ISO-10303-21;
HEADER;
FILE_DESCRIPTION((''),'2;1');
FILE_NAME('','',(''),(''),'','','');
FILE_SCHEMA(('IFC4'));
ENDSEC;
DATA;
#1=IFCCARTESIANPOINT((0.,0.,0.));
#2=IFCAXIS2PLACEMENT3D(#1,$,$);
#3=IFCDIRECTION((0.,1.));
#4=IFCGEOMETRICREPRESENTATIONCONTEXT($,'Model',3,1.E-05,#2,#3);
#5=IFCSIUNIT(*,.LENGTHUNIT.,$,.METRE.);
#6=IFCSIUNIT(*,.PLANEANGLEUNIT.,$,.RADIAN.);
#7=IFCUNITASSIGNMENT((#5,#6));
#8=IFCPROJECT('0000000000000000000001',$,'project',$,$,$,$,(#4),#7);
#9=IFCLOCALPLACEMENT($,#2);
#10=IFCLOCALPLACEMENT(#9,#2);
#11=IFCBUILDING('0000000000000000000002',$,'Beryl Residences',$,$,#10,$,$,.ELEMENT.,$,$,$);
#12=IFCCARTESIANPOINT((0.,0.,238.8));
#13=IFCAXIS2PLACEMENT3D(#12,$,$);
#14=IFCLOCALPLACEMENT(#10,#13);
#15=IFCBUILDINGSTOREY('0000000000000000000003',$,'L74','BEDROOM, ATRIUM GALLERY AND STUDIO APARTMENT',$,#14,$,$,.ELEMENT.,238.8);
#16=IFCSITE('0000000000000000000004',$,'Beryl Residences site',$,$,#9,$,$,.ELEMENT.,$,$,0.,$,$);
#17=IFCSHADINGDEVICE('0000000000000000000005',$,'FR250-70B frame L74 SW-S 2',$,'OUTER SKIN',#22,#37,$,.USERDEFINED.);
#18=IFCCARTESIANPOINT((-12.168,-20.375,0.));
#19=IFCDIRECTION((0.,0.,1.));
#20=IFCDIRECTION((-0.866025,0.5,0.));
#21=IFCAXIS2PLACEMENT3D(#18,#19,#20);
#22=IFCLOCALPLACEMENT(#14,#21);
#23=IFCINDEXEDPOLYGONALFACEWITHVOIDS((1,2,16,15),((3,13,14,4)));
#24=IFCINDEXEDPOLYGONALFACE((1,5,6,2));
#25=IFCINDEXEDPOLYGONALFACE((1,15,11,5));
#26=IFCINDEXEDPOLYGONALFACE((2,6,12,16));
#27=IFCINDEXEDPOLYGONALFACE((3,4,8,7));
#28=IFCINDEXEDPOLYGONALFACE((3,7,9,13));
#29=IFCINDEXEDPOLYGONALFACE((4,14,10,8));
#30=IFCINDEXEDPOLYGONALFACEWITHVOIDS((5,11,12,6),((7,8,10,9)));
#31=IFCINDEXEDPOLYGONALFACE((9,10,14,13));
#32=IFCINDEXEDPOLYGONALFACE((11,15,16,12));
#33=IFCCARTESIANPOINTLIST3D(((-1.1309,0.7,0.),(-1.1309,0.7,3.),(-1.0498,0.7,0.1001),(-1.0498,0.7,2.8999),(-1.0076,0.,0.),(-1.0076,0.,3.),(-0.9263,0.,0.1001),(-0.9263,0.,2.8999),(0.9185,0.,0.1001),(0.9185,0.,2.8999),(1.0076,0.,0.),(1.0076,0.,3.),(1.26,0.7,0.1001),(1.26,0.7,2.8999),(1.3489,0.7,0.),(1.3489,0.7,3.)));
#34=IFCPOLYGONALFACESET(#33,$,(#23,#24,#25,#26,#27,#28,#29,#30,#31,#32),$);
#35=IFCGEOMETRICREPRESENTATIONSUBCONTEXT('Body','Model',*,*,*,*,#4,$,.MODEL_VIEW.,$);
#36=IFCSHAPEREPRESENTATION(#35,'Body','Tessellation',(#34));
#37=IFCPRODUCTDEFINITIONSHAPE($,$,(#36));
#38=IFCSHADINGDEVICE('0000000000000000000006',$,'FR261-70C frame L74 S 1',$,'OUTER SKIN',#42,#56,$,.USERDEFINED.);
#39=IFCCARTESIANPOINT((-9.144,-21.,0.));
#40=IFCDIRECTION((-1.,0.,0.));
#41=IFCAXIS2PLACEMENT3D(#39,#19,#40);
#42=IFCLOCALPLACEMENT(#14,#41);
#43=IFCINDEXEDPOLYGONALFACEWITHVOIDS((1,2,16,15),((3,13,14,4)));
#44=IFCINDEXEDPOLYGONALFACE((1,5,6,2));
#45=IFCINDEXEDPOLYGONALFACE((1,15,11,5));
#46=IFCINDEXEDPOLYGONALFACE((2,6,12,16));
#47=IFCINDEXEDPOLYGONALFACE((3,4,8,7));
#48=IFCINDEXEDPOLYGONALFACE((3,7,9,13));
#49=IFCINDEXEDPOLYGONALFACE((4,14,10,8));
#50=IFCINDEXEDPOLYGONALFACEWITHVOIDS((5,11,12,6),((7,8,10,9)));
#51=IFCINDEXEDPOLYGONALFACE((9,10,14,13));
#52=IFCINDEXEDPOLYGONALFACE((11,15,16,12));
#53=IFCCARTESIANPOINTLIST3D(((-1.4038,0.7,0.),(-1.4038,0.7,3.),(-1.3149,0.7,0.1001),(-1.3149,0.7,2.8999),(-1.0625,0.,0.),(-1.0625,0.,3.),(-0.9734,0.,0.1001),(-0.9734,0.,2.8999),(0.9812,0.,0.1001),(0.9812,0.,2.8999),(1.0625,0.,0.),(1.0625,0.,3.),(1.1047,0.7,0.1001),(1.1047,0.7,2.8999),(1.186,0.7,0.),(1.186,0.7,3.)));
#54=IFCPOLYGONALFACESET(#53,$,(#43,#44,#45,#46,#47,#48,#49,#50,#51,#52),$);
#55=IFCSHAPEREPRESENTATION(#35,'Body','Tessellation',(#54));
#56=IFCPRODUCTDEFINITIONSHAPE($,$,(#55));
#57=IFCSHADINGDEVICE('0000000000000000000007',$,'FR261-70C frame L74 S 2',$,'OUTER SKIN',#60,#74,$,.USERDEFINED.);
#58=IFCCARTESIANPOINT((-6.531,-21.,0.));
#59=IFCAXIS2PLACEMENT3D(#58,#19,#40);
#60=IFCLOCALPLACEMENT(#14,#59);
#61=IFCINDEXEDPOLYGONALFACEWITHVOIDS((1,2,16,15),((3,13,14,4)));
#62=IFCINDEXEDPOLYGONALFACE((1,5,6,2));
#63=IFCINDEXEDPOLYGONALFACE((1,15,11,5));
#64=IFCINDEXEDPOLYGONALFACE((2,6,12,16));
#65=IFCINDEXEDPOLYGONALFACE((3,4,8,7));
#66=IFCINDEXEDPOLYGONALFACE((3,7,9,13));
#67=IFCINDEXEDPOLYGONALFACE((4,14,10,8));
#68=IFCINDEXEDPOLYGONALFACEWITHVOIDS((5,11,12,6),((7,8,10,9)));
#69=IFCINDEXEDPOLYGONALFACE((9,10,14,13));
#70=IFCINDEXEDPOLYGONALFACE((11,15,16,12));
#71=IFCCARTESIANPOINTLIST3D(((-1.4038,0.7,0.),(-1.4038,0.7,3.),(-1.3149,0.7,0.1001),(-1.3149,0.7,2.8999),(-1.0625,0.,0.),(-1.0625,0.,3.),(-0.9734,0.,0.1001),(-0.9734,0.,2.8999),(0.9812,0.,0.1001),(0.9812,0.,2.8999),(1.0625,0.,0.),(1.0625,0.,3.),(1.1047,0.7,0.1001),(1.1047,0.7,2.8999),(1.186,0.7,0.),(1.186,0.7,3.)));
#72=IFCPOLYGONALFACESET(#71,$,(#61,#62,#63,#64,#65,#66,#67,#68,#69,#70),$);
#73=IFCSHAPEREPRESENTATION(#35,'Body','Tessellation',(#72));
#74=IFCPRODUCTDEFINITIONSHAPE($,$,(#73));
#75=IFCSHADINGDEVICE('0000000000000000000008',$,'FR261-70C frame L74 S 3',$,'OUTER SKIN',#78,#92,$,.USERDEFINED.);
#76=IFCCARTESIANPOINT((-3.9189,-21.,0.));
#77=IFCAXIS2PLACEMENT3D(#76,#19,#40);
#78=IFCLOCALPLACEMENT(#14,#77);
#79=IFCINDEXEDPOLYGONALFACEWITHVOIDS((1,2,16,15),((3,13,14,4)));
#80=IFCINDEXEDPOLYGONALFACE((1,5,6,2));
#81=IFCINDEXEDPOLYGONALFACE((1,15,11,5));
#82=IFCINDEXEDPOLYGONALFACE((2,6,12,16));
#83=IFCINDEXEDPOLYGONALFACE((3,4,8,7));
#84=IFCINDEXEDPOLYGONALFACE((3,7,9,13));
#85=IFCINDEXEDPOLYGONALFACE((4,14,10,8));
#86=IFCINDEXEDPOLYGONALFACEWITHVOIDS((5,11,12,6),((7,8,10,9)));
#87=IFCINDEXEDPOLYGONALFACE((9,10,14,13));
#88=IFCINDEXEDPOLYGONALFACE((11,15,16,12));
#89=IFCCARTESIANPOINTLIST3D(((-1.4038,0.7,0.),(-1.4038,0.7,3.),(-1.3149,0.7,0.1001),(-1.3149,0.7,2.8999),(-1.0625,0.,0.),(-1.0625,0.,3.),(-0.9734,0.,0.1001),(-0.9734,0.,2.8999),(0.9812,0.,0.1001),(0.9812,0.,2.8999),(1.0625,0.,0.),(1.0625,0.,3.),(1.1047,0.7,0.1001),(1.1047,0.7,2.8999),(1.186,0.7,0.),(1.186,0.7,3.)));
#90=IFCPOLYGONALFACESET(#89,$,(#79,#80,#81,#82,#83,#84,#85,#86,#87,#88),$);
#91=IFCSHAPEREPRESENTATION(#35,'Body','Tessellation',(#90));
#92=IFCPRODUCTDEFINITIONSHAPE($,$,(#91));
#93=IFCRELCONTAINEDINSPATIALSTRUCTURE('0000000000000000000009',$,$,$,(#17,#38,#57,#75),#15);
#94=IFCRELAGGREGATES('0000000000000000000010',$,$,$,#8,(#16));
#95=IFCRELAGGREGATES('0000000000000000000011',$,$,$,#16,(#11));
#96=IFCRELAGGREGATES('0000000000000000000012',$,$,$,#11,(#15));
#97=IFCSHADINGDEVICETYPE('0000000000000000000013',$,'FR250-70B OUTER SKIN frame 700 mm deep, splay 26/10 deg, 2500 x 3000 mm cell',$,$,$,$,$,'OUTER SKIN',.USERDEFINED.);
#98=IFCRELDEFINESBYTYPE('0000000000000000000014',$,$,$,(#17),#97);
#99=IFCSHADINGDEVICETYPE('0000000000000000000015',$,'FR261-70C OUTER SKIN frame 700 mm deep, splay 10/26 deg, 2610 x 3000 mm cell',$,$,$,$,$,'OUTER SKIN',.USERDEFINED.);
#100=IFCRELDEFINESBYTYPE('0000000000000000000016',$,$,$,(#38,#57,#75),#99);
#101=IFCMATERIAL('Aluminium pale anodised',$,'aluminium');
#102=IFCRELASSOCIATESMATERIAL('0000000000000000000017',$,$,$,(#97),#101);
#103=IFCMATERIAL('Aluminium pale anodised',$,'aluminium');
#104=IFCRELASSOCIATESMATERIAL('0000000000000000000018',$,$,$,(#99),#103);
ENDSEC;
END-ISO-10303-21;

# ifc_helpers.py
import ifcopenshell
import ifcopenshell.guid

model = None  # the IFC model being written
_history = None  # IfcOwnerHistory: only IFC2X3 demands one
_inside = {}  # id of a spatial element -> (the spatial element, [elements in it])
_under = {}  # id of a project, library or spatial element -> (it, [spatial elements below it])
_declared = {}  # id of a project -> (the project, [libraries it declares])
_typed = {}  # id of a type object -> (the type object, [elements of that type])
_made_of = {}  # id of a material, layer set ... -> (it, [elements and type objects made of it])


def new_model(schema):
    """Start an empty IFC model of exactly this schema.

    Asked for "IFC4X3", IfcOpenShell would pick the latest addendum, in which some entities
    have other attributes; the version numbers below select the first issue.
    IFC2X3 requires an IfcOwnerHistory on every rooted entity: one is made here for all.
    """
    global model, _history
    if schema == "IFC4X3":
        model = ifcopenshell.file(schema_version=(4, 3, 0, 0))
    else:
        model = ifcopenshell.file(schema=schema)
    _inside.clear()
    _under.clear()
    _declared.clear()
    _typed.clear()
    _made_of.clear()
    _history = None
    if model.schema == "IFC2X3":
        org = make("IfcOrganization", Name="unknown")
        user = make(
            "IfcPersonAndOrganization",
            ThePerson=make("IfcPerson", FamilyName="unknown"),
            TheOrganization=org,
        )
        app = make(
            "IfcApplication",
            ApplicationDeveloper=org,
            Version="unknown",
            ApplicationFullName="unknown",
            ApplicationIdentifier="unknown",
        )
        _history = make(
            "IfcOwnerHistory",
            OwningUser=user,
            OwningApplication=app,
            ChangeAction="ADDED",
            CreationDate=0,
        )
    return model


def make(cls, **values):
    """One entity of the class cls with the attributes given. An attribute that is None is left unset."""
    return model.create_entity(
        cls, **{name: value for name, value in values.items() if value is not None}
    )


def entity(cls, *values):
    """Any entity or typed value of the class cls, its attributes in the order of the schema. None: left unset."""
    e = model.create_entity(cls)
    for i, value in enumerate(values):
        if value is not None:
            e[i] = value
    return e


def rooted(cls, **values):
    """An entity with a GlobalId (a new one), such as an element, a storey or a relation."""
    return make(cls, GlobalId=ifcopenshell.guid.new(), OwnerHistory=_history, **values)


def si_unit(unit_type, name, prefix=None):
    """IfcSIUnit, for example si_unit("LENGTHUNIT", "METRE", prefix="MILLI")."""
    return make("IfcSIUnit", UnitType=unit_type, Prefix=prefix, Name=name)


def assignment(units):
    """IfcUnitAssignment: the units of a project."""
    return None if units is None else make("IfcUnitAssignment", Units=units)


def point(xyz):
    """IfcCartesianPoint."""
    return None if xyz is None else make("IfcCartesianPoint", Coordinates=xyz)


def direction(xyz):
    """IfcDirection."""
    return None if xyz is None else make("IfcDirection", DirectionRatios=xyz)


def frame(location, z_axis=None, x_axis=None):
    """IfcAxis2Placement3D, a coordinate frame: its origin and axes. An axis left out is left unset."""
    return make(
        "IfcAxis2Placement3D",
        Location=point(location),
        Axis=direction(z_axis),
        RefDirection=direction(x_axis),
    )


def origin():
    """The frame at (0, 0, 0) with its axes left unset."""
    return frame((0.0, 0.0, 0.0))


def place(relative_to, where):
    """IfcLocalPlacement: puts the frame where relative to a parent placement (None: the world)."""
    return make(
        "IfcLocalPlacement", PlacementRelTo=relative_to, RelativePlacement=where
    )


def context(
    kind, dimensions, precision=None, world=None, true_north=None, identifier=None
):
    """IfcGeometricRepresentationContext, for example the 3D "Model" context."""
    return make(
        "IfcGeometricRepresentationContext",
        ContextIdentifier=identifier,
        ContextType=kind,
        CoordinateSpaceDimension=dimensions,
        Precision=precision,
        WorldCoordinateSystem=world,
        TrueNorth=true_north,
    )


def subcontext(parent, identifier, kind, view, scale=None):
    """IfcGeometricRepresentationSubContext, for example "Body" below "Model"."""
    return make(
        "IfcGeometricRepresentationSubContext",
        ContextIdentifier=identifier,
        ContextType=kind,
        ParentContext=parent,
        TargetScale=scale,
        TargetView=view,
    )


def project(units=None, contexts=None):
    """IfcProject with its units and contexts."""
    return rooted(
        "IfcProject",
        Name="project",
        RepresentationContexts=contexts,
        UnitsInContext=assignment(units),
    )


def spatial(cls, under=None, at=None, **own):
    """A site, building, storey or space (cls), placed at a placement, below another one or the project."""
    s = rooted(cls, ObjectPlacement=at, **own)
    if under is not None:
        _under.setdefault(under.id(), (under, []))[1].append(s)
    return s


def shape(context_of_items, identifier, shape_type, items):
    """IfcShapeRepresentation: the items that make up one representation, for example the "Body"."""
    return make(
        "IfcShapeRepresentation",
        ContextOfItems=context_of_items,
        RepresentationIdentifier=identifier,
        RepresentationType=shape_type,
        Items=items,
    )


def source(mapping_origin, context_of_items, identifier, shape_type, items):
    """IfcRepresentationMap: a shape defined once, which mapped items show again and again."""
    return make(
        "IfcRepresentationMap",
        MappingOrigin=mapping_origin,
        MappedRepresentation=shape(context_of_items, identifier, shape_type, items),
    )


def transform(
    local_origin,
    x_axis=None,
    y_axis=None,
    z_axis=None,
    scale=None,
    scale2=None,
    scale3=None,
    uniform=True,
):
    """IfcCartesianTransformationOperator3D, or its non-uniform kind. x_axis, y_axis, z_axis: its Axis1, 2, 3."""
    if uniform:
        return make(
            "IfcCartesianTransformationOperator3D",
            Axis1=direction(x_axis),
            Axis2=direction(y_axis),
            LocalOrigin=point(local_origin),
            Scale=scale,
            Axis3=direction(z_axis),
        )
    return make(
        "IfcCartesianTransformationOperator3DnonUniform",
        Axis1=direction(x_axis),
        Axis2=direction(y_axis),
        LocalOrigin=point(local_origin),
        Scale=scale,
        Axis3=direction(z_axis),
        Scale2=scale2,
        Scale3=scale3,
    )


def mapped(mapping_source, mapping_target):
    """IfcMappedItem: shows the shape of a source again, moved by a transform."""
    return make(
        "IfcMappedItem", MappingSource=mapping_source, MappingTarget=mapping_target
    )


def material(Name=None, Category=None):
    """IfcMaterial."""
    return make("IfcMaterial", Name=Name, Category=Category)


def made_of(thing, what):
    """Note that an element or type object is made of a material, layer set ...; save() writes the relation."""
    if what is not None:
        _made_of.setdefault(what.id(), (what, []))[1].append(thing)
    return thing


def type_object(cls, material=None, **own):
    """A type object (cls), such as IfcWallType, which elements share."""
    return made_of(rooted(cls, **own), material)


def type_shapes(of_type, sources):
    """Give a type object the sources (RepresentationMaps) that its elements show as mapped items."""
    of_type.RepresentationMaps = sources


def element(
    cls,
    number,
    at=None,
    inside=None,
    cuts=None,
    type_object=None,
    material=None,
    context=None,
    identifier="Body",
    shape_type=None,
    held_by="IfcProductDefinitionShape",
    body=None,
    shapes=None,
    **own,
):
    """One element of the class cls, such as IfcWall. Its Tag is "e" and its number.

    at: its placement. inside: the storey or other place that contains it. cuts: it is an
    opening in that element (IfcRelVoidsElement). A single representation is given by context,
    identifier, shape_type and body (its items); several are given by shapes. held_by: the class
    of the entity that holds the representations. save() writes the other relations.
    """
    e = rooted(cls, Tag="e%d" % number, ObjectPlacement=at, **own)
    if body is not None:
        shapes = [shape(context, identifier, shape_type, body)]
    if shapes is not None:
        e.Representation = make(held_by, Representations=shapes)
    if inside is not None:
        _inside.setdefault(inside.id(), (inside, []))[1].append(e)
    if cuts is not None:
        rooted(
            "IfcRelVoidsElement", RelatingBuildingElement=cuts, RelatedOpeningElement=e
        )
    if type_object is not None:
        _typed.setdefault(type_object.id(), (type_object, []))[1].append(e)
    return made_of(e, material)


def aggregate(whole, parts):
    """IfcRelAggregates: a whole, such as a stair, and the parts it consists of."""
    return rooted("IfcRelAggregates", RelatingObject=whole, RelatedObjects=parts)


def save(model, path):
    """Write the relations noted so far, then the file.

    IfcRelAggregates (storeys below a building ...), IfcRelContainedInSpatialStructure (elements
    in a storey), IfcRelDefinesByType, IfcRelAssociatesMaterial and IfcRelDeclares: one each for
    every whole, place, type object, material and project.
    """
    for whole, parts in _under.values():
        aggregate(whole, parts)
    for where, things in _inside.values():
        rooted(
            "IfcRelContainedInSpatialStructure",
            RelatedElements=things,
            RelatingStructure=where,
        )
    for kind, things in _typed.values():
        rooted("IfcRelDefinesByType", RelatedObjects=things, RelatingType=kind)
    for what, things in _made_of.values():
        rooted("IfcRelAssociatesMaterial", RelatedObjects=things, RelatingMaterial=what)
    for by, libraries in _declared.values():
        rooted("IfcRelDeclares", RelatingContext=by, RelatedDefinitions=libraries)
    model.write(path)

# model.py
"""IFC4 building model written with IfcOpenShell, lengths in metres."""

from ifc_helpers import new_model, entity, si_unit, direction, frame, origin, place, context, subcontext, project, spatial, source, transform, mapped, material, type_object, type_shapes, element, save


model = new_model("IFC4")

# Units and contexts
model_context = context("Model", 3, precision=1e-05, world=origin(), true_north=direction((0.0, 1.0)))
body_context = subcontext(model_context, "Body", "Model", "MODEL_VIEW")
ifc_project = project(units=[si_unit("LENGTHUNIT", "METRE"), si_unit("PLANEANGLEUNIT", "RADIAN")], contexts=[model_context])

# Site, building, storey
site_placement = place(None, origin())
site = spatial("IfcSite", under=ifc_project, at=site_placement, Name="Beryl Residences site", CompositionType="ELEMENT", RefElevation=0.0)
building_placement = place(site_placement, origin())
building = spatial("IfcBuilding", under=site, at=building_placement, Name="Beryl Residences", CompositionType="ELEMENT")
storey_placement = place(building_placement, frame((0.0, 0.0, 238.8)))
storey = spatial("IfcBuildingStorey", under=building, at=storey_placement, Name="L74", Description="BEDROOM, ATRIUM GALLERY AND STUDIO APARTMENT", CompositionType="ELEMENT", Elevation=238.8)

# Shading devices
ifc_material_1 = material(Name="Aluminium pale anodised", Category="aluminium")
shading_device_type_1 = type_object("IfcShadingDeviceType", Name="FR250-70B OUTER SKIN frame 700 mm deep, splay 26/10 deg, 2500 x 3000 mm cell", ElementType="OUTER SKIN", PredefinedType="USERDEFINED", material=ifc_material_1)
cartesian_point_1 = entity("IfcCartesianPoint", [-1.0076, 0.0])
cartesian_point_2 = entity("IfcCartesianPoint", [-0.9185, 0.1001])
cartesian_point_3 = entity("IfcCartesianPoint", [-1.3489, 0.0])
cartesian_point_4 = entity("IfcCartesianPoint", [-1.26, 0.1001])
shared_shape_1 = source(origin(), body_context, "Body", "SweptSolid", [
    entity("IfcExtrudedAreaSolidTapered", entity("IfcArbitraryProfileDefWithVoids", "AREA", None, entity("IfcPolyline", [cartesian_point_1, entity("IfcCartesianPoint", [1.0076, 0.0]), entity("IfcCartesianPoint", [1.0076, 3.0]), entity("IfcCartesianPoint", [-1.0076, 3.0]), cartesian_point_1]), [entity("IfcPolyline", [cartesian_point_2, entity("IfcCartesianPoint", [0.9263, 0.1001]), entity("IfcCartesianPoint", [0.9263, 2.8999]), entity("IfcCartesianPoint", [-0.9185, 2.8999]), cartesian_point_2])]), entity("IfcAxis2Placement3D", entity("IfcCartesianPoint", [0.0, 0.0, 0.0]), entity("IfcDirection", [0.0, 1.0, 0.0]), entity("IfcDirection", [-1.0, 0.0, 0.0])), entity("IfcDirection", [0.0, 0.0, 1.0]), 0.7, entity("IfcArbitraryProfileDefWithVoids", "AREA", None, entity("IfcPolyline", [cartesian_point_3, entity("IfcCartesianPoint", [1.1309, 0.0]), entity("IfcCartesianPoint", [1.1309, 3.0]), entity("IfcCartesianPoint", [-1.3489, 3.0]), cartesian_point_3]), [entity("IfcPolyline", [cartesian_point_4, entity("IfcCartesianPoint", [1.0498, 0.1001]), entity("IfcCartesianPoint", [1.0498, 2.8999]), entity("IfcCartesianPoint", [-1.26, 2.8999]), cartesian_point_4])])),
])
type_shapes(shading_device_type_1, [shared_shape_1])
shading_device_placement = place(storey_placement, frame((-12.168, -20.375, 0.0), z_axis=(0.0, 0.0, 1.0), x_axis=(-0.866025, 0.5, 0.0)))
element("IfcShadingDevice", 1, at=shading_device_placement, inside=storey, type_object=shading_device_type_1, Name="FR250-70B frame L74 SW-S 2", ObjectType="OUTER SKIN", PredefinedType="USERDEFINED", context=body_context, shape_type="MappedRepresentation", body=[
    mapped(shared_shape_1, transform((0.0, 0.0, 0.0))),
])
ifc_material_2 = material(Name="Aluminium pale anodised", Category="aluminium")
shading_device_type_2 = type_object("IfcShadingDeviceType", Name="FR261-70C OUTER SKIN frame 700 mm deep, splay 10/26 deg, 2610 x 3000 mm cell", ElementType="OUTER SKIN", PredefinedType="USERDEFINED", material=ifc_material_2)
cartesian_point_5 = entity("IfcCartesianPoint", [-1.0625, 0.0])
cartesian_point_6 = entity("IfcCartesianPoint", [-0.9812, 0.1001])
cartesian_point_7 = entity("IfcCartesianPoint", [-1.186, 0.0])
cartesian_point_8 = entity("IfcCartesianPoint", [-1.1047, 0.1001])
shared_shape_2 = source(origin(), body_context, "Body", "SweptSolid", [
    entity("IfcExtrudedAreaSolidTapered", entity("IfcArbitraryProfileDefWithVoids", "AREA", None, entity("IfcPolyline", [cartesian_point_5, entity("IfcCartesianPoint", [1.0625, 0.0]), entity("IfcCartesianPoint", [1.0625, 3.0]), entity("IfcCartesianPoint", [-1.0625, 3.0]), cartesian_point_5]), [entity("IfcPolyline", [cartesian_point_6, entity("IfcCartesianPoint", [0.9734, 0.1001]), entity("IfcCartesianPoint", [0.9734, 2.8999]), entity("IfcCartesianPoint", [-0.9812, 2.8999]), cartesian_point_6])]), entity("IfcAxis2Placement3D", entity("IfcCartesianPoint", [0.0, 0.0, 0.0]), entity("IfcDirection", [0.0, 1.0, 0.0]), entity("IfcDirection", [-1.0, 0.0, 0.0])), entity("IfcDirection", [0.0, 0.0, 1.0]), 0.7, entity("IfcArbitraryProfileDefWithVoids", "AREA", None, entity("IfcPolyline", [cartesian_point_7, entity("IfcCartesianPoint", [1.4038, 0.0]), entity("IfcCartesianPoint", [1.4038, 3.0]), entity("IfcCartesianPoint", [-1.186, 3.0]), cartesian_point_7]), [entity("IfcPolyline", [cartesian_point_8, entity("IfcCartesianPoint", [1.3149, 0.1001]), entity("IfcCartesianPoint", [1.3149, 2.8999]), entity("IfcCartesianPoint", [-1.1047, 2.8999]), cartesian_point_8])])),
])
type_shapes(shading_device_type_2, [shared_shape_2])
for number, where, z_axis, x_axis, name in (
    (2, (-9.144, -21.0, 0.0), (0.0, 0.0, 1.0), (-1.0, 0.0, 0.0), "FR261-70C frame L74 S 1"),
    (3, (-6.531, -21.0, 0.0), (0.0, 0.0, 1.0), (-1.0, 0.0, 0.0), "FR261-70C frame L74 S 2"),
    (4, (-3.9189, -21.0, 0.0), (0.0, 0.0, 1.0), (-1.0, 0.0, 0.0), "FR261-70C frame L74 S 3"),
):
    element("IfcShadingDevice", number, at=place(storey_placement, frame(where, z_axis=z_axis, x_axis=x_axis)), inside=storey, type_object=shading_device_type_2, Name=name, ObjectType="OUTER SKIN", PredefinedType="USERDEFINED", context=body_context, shape_type="MappedRepresentation", body=[
        mapped(shared_shape_2, transform((0.0, 0.0, 0.0))),
    ])

save(model, "model.ifc")
